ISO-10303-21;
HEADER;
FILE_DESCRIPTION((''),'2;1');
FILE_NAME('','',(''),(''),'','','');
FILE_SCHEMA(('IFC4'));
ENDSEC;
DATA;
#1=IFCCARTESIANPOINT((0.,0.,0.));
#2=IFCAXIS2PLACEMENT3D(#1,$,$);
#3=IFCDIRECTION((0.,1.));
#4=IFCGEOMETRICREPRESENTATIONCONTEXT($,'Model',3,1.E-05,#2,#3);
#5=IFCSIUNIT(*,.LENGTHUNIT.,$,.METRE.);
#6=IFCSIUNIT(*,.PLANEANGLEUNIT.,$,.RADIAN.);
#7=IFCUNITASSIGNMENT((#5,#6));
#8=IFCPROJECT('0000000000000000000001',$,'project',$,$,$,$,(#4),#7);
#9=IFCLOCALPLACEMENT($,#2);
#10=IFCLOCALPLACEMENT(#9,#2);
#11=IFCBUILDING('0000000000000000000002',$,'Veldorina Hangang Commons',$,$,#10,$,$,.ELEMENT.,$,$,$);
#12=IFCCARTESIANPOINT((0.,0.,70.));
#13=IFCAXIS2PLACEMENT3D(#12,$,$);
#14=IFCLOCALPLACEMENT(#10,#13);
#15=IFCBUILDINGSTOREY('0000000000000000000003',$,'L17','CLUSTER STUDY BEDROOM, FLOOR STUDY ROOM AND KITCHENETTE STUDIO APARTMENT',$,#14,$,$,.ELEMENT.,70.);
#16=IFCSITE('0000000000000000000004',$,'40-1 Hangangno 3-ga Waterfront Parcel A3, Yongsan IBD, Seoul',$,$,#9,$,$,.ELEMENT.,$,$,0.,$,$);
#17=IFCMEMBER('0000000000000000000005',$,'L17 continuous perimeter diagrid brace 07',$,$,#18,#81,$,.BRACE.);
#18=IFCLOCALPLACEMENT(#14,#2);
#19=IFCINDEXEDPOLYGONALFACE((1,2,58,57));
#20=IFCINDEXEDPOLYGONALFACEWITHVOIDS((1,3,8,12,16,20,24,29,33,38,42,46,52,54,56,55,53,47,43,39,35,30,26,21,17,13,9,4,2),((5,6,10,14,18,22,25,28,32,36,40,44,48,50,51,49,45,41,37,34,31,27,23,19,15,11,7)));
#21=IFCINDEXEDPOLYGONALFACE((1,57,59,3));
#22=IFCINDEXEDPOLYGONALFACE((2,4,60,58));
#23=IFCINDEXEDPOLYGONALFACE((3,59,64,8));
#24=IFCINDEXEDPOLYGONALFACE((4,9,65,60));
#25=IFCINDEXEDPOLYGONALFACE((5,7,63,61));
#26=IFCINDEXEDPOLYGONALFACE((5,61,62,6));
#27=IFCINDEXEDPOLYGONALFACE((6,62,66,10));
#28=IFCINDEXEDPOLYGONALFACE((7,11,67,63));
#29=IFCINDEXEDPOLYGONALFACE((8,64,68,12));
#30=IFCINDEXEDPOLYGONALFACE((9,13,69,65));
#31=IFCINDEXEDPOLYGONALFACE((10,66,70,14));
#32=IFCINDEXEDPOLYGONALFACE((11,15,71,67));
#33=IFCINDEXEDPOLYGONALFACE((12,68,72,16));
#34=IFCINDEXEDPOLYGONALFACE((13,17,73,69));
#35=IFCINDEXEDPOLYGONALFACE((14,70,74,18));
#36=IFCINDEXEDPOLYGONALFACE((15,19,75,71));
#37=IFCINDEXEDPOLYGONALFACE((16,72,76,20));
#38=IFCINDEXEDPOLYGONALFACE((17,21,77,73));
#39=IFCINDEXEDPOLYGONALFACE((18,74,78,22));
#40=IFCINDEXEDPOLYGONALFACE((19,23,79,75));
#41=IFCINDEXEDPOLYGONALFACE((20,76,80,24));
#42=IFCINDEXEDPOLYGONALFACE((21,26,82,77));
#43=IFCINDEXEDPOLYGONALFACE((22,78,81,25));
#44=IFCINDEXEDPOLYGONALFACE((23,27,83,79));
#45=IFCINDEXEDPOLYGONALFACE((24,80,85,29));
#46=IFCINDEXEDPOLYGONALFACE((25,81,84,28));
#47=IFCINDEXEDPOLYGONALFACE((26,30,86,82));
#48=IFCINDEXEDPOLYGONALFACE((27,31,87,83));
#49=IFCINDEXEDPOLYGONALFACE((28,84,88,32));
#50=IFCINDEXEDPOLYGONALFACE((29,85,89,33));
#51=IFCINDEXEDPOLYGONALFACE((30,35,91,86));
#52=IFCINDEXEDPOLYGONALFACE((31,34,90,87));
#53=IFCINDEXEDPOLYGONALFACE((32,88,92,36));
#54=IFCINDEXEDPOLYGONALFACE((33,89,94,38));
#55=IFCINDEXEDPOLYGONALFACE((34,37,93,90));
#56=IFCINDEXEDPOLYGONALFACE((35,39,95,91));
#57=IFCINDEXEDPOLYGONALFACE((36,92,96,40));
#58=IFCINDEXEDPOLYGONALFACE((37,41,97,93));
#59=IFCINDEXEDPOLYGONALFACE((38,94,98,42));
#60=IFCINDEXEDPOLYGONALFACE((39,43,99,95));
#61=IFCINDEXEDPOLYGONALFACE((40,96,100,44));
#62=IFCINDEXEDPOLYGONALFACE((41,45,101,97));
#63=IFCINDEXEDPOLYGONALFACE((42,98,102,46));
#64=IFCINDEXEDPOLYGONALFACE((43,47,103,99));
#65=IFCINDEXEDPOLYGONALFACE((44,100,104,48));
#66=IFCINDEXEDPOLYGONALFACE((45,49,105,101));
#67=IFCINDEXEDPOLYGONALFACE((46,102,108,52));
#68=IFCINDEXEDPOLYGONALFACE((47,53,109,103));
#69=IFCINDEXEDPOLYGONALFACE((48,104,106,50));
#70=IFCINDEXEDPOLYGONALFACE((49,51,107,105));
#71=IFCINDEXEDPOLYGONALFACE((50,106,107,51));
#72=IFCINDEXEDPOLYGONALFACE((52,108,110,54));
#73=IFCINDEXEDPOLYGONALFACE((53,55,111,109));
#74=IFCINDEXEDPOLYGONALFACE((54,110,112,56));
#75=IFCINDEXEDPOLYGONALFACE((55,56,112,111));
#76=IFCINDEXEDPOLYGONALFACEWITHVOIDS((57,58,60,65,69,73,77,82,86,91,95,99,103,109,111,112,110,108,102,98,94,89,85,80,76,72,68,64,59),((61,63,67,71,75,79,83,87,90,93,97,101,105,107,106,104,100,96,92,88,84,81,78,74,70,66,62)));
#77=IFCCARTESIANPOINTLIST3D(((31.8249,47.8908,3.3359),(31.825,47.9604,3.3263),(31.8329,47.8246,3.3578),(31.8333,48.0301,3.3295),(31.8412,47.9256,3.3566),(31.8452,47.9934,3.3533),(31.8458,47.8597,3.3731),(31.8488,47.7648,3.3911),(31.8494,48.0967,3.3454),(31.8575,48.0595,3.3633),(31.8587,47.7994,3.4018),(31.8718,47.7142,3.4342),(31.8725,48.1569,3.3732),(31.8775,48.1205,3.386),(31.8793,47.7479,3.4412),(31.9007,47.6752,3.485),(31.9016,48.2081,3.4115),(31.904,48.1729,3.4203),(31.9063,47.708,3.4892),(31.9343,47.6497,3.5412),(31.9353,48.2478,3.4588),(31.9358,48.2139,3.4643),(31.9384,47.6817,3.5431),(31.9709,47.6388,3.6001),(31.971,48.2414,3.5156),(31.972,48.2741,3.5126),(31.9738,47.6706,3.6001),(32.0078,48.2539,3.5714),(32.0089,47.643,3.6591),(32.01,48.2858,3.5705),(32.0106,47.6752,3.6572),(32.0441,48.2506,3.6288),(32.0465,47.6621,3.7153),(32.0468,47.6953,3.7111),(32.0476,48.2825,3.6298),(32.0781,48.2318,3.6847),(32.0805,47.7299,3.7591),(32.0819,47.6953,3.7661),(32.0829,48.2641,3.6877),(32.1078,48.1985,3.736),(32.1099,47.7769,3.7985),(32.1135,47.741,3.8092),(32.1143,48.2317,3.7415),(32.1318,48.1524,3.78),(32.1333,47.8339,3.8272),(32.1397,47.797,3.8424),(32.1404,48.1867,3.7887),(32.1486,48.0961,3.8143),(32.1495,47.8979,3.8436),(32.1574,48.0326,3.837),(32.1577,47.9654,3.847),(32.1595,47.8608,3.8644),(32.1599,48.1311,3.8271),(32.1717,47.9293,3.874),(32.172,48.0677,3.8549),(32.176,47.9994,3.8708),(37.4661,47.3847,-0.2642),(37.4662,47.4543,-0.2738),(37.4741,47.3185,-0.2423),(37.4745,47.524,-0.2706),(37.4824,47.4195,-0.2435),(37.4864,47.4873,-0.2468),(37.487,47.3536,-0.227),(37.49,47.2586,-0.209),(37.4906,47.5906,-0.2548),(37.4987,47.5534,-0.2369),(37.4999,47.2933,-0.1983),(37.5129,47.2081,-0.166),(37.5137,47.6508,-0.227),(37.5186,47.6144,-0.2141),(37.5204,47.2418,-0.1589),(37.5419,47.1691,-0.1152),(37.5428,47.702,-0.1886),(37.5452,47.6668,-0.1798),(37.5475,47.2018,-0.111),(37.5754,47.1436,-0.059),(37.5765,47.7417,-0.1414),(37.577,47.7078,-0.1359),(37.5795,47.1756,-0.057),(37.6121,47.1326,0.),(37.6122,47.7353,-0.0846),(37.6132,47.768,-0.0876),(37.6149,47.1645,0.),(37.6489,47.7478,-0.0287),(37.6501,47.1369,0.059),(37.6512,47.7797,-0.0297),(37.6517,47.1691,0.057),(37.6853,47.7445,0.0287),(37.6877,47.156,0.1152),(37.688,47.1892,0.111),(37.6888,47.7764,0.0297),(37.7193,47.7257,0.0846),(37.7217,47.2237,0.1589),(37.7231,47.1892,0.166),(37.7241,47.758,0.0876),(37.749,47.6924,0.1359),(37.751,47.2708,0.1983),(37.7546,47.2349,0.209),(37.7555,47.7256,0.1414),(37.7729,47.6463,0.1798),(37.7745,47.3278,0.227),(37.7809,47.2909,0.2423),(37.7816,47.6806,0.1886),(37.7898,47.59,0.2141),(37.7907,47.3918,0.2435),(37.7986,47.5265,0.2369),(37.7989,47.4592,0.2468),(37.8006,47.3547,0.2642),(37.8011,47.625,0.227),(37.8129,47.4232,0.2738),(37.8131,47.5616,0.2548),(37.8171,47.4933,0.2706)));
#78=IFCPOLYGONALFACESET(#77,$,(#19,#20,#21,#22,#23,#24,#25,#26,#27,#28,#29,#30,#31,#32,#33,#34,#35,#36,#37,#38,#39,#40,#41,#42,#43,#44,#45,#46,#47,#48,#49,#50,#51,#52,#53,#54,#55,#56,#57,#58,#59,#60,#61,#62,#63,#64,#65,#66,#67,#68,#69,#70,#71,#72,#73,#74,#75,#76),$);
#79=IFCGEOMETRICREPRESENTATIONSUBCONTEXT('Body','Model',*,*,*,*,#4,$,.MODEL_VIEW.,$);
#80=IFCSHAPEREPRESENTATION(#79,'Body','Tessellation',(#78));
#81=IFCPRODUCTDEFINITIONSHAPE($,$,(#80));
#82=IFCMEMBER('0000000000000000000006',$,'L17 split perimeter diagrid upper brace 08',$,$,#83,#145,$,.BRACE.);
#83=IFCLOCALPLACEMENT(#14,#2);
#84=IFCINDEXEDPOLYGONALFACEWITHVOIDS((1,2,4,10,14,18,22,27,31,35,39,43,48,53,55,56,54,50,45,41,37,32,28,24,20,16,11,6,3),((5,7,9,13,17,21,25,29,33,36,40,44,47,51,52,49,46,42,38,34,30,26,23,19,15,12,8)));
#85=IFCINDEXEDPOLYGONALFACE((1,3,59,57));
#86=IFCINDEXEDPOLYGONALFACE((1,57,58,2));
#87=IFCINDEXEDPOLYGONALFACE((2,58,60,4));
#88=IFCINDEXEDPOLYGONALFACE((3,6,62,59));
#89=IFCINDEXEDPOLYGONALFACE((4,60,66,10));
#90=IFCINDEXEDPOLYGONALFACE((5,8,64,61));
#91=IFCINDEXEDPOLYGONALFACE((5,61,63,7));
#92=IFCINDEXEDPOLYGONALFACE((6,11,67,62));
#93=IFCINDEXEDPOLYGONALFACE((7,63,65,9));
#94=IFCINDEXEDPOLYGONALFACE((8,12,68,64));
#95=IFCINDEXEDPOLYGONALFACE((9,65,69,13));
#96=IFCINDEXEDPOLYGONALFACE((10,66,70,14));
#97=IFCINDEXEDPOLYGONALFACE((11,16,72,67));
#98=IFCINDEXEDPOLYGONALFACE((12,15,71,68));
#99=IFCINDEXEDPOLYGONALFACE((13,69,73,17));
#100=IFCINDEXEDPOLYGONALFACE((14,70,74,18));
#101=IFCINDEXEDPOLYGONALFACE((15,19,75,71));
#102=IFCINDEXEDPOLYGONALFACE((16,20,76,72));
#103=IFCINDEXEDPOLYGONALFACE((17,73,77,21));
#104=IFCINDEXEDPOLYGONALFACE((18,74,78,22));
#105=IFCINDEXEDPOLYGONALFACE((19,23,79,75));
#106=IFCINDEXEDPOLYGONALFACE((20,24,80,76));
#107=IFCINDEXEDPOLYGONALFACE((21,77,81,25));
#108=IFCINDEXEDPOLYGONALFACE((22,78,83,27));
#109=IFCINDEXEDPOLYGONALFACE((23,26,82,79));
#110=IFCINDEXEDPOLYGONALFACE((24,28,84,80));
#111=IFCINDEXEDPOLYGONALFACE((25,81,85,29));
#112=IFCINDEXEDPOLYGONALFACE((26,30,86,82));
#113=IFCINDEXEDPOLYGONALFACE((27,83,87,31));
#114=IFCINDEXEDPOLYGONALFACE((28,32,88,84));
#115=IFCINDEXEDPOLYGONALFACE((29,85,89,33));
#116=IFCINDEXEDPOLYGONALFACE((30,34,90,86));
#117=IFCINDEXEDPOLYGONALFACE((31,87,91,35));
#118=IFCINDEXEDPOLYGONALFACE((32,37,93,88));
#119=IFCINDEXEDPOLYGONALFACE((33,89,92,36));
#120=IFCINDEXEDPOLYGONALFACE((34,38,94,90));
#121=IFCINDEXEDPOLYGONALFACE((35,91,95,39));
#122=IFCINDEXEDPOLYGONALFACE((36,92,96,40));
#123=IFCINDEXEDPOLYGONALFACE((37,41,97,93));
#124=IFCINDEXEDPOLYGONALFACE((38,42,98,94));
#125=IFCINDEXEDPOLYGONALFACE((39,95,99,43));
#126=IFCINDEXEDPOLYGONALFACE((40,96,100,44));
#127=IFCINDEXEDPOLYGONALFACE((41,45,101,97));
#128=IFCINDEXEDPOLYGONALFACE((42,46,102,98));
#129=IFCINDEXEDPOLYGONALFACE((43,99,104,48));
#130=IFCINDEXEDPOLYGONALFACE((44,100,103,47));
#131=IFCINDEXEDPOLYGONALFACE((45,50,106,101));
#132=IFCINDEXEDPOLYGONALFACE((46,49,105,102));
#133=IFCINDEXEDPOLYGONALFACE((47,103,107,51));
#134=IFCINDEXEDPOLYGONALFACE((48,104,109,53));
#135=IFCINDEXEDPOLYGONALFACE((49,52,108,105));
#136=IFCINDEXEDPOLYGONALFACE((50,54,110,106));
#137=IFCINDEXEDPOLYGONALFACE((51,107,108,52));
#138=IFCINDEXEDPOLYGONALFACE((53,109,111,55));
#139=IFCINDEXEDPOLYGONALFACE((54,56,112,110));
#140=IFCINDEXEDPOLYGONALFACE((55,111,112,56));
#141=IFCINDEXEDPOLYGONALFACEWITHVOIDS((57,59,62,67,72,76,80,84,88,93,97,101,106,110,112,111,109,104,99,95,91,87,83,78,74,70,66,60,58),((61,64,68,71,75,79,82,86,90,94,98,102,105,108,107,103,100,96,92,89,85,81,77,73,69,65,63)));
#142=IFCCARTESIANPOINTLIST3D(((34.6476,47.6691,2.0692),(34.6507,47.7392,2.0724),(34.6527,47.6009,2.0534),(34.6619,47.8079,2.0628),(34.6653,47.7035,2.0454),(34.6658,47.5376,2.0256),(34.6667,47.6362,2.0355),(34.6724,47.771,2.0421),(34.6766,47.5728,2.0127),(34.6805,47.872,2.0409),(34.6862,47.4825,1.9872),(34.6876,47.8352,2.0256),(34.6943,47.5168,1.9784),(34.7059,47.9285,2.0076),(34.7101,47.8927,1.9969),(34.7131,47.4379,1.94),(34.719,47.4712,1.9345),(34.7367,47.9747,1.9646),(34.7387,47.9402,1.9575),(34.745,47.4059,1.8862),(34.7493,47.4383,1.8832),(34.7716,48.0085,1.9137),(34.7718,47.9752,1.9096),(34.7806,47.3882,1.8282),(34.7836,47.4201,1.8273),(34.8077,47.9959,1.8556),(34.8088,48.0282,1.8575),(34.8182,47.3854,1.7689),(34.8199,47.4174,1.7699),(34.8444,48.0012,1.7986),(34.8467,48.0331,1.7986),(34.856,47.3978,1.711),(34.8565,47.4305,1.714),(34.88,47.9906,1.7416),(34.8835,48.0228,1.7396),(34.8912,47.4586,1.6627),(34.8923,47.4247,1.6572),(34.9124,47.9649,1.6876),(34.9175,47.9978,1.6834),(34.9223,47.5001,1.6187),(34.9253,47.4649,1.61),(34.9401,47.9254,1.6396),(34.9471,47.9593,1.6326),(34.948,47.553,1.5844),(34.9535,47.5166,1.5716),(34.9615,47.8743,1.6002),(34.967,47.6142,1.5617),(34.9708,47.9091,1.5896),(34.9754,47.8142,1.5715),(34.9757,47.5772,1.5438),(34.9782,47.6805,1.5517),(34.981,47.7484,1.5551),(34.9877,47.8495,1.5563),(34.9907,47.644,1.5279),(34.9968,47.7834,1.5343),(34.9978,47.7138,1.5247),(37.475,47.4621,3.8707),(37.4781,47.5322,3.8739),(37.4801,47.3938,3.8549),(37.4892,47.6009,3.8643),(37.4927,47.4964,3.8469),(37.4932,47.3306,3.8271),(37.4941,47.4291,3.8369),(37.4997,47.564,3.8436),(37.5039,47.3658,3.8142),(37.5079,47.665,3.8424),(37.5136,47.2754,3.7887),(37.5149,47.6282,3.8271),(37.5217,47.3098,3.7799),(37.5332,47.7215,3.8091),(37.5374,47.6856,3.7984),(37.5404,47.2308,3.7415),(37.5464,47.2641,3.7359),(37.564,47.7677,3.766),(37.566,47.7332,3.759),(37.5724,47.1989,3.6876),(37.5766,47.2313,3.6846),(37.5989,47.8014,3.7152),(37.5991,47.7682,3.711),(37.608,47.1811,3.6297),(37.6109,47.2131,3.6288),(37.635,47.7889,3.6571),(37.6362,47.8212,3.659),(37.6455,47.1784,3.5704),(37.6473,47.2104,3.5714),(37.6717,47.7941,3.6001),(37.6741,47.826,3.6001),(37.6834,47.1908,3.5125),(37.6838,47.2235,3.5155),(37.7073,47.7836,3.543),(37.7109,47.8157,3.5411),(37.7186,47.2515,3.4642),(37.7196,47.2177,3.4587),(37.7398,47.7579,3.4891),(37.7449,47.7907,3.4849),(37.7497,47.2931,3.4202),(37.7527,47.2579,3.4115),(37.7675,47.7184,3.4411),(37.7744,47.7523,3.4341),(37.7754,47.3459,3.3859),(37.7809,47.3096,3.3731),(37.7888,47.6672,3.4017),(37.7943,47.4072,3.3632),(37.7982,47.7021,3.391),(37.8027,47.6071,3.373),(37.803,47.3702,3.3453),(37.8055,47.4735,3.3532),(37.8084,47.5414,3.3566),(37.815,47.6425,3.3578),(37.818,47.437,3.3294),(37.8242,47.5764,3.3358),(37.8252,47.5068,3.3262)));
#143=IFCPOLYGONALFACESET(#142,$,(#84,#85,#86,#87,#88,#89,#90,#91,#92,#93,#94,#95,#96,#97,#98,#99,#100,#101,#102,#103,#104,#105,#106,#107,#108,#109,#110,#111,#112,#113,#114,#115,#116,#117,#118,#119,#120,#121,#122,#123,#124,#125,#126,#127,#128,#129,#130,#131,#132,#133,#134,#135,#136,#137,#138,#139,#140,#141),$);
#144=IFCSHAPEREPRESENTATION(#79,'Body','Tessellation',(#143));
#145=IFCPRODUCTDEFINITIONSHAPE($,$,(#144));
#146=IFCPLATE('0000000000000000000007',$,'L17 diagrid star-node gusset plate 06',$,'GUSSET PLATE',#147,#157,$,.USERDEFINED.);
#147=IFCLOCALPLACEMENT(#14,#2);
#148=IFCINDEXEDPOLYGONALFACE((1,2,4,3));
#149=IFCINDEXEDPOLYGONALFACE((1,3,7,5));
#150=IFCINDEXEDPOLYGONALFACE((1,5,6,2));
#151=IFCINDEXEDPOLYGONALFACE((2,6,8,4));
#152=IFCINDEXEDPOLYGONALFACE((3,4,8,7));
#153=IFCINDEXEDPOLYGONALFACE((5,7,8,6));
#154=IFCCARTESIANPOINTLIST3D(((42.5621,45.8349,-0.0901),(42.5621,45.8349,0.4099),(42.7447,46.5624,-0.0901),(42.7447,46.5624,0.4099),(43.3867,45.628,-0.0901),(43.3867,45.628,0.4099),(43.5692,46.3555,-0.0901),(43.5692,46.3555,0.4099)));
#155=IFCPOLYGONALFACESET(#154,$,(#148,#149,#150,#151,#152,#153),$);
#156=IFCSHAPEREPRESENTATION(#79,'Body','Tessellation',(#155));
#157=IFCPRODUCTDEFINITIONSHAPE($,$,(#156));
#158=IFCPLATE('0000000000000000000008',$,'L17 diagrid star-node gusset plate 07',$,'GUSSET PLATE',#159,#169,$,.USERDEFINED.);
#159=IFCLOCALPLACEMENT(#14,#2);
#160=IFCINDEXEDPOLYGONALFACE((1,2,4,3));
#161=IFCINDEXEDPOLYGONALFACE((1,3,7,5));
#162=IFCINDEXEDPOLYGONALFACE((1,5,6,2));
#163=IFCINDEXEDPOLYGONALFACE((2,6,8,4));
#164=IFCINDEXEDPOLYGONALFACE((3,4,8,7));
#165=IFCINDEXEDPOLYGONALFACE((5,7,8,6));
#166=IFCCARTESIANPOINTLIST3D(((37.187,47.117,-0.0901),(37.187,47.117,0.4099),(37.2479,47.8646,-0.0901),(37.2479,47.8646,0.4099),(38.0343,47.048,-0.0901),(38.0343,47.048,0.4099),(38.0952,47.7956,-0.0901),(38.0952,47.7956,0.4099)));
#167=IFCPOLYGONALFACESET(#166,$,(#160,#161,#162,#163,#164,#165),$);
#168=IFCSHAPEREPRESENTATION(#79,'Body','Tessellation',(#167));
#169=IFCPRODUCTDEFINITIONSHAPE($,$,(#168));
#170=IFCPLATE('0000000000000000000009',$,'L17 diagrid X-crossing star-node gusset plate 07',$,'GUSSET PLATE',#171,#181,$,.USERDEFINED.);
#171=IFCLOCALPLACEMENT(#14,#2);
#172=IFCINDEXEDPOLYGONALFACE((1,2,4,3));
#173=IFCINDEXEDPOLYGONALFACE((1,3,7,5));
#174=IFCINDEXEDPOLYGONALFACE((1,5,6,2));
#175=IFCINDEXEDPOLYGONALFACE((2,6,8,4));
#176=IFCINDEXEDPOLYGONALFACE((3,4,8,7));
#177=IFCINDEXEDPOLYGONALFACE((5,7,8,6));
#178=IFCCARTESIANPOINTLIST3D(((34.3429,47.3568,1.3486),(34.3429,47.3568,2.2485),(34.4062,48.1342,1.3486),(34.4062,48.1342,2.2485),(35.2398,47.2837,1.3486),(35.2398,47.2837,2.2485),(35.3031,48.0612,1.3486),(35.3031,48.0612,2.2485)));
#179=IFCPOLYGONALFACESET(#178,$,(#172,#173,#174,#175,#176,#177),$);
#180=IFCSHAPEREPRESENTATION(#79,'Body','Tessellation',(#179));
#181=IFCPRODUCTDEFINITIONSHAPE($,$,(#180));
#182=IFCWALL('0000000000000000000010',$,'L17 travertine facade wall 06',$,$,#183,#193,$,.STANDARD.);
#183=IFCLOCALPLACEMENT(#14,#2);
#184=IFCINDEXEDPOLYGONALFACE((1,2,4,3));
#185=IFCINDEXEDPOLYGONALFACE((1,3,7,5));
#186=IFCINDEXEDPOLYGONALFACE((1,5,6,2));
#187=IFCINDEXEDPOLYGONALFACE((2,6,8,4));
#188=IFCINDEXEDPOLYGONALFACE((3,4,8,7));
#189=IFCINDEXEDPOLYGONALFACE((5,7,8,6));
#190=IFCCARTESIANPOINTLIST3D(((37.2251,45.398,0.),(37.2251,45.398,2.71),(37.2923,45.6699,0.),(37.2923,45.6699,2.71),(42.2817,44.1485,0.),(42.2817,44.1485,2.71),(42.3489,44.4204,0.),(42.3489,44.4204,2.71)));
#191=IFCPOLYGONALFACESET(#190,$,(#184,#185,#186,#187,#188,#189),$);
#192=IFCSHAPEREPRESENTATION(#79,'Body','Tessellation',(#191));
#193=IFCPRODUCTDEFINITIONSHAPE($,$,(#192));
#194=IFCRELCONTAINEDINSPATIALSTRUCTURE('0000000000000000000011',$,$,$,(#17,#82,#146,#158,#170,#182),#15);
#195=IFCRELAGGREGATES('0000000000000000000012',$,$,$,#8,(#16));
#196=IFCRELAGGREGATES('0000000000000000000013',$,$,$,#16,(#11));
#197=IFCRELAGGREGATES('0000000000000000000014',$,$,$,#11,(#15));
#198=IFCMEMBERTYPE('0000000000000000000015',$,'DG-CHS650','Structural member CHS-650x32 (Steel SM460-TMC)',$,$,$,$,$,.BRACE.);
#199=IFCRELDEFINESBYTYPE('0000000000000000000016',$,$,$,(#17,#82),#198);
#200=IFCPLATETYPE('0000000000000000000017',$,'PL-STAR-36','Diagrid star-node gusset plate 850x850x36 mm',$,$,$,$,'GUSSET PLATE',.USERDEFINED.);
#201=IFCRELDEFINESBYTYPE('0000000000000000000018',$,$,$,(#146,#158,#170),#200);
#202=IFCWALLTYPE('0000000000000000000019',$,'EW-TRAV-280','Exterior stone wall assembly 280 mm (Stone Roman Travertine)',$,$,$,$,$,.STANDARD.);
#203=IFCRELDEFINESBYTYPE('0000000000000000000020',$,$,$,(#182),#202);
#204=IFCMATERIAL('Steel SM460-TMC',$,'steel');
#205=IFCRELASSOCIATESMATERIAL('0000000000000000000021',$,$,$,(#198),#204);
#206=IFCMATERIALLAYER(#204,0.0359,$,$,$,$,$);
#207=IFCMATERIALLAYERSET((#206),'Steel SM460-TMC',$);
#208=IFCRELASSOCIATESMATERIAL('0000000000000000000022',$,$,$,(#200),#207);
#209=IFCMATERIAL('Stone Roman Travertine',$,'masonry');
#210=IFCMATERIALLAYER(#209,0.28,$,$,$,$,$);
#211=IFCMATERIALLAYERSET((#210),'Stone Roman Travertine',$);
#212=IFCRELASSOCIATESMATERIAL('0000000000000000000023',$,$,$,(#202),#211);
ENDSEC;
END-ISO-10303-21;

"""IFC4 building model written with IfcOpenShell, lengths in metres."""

from ifc_helpers import new_model, si_unit, direction, frame, frame_2d, origin, origin_2d, place, context, subcontext, project, spatial, rectangle, hollow_circle, extrude, material, layer, layer_set, material_profile, profile_set, type_object, element, save


model = new_model("IFC4")

# Units and contexts
model_context = context("Model", 3, precision=1e-05, world=origin(), true_north=direction((0.0, 1.0)))
body_context = subcontext(model_context, "Body", "Model", "MODEL_VIEW")
ifc_project = project(units=[si_unit("LENGTHUNIT", "METRE"), si_unit("PLANEANGLEUNIT", "RADIAN")], contexts=[model_context])

# Site, building, storey
site_placement = place(None, origin())
site = spatial("IfcSite", under=ifc_project, at=site_placement, Name="40-1 Hangangno 3-ga Waterfront Parcel A3, Yongsan IBD, Seoul", CompositionType="ELEMENT", RefElevation=0.0)
building_placement = place(site_placement, origin())
building = spatial("IfcBuilding", under=site, at=building_placement, Name="Veldorina Hangang Commons", CompositionType="ELEMENT")
storey_placement = place(building_placement, frame((0.0, 0.0, 70.0)))
storey = spatial("IfcBuildingStorey", under=building, at=storey_placement, Name="L17", Description="CLUSTER STUDY BEDROOM, FLOOR STUDY ROOM AND KITCHENETTE STUDIO APARTMENT", CompositionType="ELEMENT", Elevation=70.0)

# Members
ifc_material_1 = material(Name="Steel SM460-TMC", Category="steel")
ifc_material_profile_1 = material_profile(ifc_material_1, hollow_circle(Radius=0.325, WallThickness=0.032, at=origin_2d()), Name="CHS-650x32")
ifc_profile_set_1 = profile_set([ifc_material_profile_1], Name="Steel SM460-TMC")
member_type = type_object("IfcMemberType", Name="DG-CHS650", Description="Structural member CHS-650x32 (Steel SM460-TMC)", PredefinedType="BRACE", material=ifc_profile_set_1)
member_1_placement = place(storey_placement, frame((37.6411, 47.4563, 0.0), z_axis=(-0.840563, 0.075413, 0.536438), x_axis=(-0.089358, -0.996, 0.0)))
element("IfcMember", 1, at=member_1_placement, inside=storey, type_object=member_type, Name="L17 continuous perimeter diagrid brace 07", PredefinedType="BRACE", context=body_context, shape_type="SweptSolid", body=[
    extrude(hollow_circle(Radius=0.325, WallThickness=0.032, at=origin_2d()), origin(), (0.0, 0.0, 1.0), 6.7112),
])
member_2_placement = place(storey_placement, frame((34.823, 47.709, 1.7986), z_axis=(0.841752, -0.061636, 0.536334), x_axis=(0.073028, 0.99733, 0.0)))
element("IfcMember", 2, at=member_2_placement, inside=storey, type_object=member_type, Name="L17 split perimeter diagrid upper brace 08", PredefinedType="BRACE", context=body_context, shape_type="SweptSolid", body=[
    extrude(hollow_circle(Radius=0.325, WallThickness=0.032, at=origin_2d()), origin(), (0.0, 0.0, 1.0), 3.3589),
])

# Plates
ifc_layer_1 = layer(ifc_material_1, 0.0359)
ifc_layer_set_1 = layer_set([ifc_layer_1], Name="Steel SM460-TMC")
plate_type = type_object("IfcPlateType", Name="PL-STAR-36", Description="Diagrid star-node gusset plate 850x850x36 mm", ElementType="GUSSET PLATE", PredefinedType="USERDEFINED", material=ifc_layer_set_1)
for number, where, z_axis, x_axis, name in (
    (3, (43.0657, 46.0952, -0.0901), (0.0, 0.0, 1.0), (-0.969936, 0.243361, 0.0), "L17 diagrid star-node gusset plate 06"),
    (4, (37.6411, 47.4563, -0.0901), (0.0, 0.0, 1.0), (-0.996699, 0.081191, 0.0), "L17 diagrid star-node gusset plate 07"),
):
    element("IfcPlate", number, at=place(storey_placement, frame(where, z_axis=z_axis, x_axis=x_axis)), inside=storey, type_object=plate_type, Name=name, ObjectType="GUSSET PLATE", PredefinedType="USERDEFINED", context=body_context, shape_type="SweptSolid", body=[
        extrude(rectangle(XDim=0.8501, YDim=0.75, at=origin_2d()), origin(), (0.0, 0.0, 1.0), 0.5),
    ])
plate_placement = place(storey_placement, frame((34.823, 47.709, 1.3486), z_axis=(0.0, 0.0, 1.0), x_axis=(-0.996699, 0.081191, 0.0)))
element("IfcPlate", 5, at=plate_placement, inside=storey, type_object=plate_type, Name="L17 diagrid X-crossing star-node gusset plate 07", ObjectType="GUSSET PLATE", PredefinedType="USERDEFINED", context=body_context, shape_type="SweptSolid", body=[
    extrude(rectangle(XDim=0.8999, YDim=0.78, at=origin_2d()), origin(), (0.0, 0.0, 1.0), 0.8999),
])

# Wall
ifc_material_2 = material(Name="Stone Roman Travertine", Category="masonry")
ifc_layer_2 = layer(ifc_material_2, 0.28)
ifc_layer_set_2 = layer_set([ifc_layer_2], Name="Stone Roman Travertine")
wall_type_1 = type_object("IfcWallType", Name="EW-TRAV-280", Description="Exterior stone wall assembly 280 mm (Stone Roman Travertine)", PredefinedType="STANDARD", material=ifc_layer_set_2)
wall_1_placement = place(storey_placement, frame((42.3154, 44.2844, 0.0), z_axis=(0.0, 0.0, 1.0), x_axis=(-0.970801, 0.239888, 0.0)))
element("IfcWall", 6, at=wall_1_placement, inside=storey, type_object=wall_type_1, Name="L17 travertine facade wall 06", PredefinedType="STANDARD", context=body_context, shape_type="SweptSolid", body=[
    extrude(rectangle(XDim=5.2087, YDim=0.28, at=frame_2d((2.6045, 0.0))), origin(), (0.0, 0.0, 1.0), 2.71),
])

save(model, "model.ifc")
